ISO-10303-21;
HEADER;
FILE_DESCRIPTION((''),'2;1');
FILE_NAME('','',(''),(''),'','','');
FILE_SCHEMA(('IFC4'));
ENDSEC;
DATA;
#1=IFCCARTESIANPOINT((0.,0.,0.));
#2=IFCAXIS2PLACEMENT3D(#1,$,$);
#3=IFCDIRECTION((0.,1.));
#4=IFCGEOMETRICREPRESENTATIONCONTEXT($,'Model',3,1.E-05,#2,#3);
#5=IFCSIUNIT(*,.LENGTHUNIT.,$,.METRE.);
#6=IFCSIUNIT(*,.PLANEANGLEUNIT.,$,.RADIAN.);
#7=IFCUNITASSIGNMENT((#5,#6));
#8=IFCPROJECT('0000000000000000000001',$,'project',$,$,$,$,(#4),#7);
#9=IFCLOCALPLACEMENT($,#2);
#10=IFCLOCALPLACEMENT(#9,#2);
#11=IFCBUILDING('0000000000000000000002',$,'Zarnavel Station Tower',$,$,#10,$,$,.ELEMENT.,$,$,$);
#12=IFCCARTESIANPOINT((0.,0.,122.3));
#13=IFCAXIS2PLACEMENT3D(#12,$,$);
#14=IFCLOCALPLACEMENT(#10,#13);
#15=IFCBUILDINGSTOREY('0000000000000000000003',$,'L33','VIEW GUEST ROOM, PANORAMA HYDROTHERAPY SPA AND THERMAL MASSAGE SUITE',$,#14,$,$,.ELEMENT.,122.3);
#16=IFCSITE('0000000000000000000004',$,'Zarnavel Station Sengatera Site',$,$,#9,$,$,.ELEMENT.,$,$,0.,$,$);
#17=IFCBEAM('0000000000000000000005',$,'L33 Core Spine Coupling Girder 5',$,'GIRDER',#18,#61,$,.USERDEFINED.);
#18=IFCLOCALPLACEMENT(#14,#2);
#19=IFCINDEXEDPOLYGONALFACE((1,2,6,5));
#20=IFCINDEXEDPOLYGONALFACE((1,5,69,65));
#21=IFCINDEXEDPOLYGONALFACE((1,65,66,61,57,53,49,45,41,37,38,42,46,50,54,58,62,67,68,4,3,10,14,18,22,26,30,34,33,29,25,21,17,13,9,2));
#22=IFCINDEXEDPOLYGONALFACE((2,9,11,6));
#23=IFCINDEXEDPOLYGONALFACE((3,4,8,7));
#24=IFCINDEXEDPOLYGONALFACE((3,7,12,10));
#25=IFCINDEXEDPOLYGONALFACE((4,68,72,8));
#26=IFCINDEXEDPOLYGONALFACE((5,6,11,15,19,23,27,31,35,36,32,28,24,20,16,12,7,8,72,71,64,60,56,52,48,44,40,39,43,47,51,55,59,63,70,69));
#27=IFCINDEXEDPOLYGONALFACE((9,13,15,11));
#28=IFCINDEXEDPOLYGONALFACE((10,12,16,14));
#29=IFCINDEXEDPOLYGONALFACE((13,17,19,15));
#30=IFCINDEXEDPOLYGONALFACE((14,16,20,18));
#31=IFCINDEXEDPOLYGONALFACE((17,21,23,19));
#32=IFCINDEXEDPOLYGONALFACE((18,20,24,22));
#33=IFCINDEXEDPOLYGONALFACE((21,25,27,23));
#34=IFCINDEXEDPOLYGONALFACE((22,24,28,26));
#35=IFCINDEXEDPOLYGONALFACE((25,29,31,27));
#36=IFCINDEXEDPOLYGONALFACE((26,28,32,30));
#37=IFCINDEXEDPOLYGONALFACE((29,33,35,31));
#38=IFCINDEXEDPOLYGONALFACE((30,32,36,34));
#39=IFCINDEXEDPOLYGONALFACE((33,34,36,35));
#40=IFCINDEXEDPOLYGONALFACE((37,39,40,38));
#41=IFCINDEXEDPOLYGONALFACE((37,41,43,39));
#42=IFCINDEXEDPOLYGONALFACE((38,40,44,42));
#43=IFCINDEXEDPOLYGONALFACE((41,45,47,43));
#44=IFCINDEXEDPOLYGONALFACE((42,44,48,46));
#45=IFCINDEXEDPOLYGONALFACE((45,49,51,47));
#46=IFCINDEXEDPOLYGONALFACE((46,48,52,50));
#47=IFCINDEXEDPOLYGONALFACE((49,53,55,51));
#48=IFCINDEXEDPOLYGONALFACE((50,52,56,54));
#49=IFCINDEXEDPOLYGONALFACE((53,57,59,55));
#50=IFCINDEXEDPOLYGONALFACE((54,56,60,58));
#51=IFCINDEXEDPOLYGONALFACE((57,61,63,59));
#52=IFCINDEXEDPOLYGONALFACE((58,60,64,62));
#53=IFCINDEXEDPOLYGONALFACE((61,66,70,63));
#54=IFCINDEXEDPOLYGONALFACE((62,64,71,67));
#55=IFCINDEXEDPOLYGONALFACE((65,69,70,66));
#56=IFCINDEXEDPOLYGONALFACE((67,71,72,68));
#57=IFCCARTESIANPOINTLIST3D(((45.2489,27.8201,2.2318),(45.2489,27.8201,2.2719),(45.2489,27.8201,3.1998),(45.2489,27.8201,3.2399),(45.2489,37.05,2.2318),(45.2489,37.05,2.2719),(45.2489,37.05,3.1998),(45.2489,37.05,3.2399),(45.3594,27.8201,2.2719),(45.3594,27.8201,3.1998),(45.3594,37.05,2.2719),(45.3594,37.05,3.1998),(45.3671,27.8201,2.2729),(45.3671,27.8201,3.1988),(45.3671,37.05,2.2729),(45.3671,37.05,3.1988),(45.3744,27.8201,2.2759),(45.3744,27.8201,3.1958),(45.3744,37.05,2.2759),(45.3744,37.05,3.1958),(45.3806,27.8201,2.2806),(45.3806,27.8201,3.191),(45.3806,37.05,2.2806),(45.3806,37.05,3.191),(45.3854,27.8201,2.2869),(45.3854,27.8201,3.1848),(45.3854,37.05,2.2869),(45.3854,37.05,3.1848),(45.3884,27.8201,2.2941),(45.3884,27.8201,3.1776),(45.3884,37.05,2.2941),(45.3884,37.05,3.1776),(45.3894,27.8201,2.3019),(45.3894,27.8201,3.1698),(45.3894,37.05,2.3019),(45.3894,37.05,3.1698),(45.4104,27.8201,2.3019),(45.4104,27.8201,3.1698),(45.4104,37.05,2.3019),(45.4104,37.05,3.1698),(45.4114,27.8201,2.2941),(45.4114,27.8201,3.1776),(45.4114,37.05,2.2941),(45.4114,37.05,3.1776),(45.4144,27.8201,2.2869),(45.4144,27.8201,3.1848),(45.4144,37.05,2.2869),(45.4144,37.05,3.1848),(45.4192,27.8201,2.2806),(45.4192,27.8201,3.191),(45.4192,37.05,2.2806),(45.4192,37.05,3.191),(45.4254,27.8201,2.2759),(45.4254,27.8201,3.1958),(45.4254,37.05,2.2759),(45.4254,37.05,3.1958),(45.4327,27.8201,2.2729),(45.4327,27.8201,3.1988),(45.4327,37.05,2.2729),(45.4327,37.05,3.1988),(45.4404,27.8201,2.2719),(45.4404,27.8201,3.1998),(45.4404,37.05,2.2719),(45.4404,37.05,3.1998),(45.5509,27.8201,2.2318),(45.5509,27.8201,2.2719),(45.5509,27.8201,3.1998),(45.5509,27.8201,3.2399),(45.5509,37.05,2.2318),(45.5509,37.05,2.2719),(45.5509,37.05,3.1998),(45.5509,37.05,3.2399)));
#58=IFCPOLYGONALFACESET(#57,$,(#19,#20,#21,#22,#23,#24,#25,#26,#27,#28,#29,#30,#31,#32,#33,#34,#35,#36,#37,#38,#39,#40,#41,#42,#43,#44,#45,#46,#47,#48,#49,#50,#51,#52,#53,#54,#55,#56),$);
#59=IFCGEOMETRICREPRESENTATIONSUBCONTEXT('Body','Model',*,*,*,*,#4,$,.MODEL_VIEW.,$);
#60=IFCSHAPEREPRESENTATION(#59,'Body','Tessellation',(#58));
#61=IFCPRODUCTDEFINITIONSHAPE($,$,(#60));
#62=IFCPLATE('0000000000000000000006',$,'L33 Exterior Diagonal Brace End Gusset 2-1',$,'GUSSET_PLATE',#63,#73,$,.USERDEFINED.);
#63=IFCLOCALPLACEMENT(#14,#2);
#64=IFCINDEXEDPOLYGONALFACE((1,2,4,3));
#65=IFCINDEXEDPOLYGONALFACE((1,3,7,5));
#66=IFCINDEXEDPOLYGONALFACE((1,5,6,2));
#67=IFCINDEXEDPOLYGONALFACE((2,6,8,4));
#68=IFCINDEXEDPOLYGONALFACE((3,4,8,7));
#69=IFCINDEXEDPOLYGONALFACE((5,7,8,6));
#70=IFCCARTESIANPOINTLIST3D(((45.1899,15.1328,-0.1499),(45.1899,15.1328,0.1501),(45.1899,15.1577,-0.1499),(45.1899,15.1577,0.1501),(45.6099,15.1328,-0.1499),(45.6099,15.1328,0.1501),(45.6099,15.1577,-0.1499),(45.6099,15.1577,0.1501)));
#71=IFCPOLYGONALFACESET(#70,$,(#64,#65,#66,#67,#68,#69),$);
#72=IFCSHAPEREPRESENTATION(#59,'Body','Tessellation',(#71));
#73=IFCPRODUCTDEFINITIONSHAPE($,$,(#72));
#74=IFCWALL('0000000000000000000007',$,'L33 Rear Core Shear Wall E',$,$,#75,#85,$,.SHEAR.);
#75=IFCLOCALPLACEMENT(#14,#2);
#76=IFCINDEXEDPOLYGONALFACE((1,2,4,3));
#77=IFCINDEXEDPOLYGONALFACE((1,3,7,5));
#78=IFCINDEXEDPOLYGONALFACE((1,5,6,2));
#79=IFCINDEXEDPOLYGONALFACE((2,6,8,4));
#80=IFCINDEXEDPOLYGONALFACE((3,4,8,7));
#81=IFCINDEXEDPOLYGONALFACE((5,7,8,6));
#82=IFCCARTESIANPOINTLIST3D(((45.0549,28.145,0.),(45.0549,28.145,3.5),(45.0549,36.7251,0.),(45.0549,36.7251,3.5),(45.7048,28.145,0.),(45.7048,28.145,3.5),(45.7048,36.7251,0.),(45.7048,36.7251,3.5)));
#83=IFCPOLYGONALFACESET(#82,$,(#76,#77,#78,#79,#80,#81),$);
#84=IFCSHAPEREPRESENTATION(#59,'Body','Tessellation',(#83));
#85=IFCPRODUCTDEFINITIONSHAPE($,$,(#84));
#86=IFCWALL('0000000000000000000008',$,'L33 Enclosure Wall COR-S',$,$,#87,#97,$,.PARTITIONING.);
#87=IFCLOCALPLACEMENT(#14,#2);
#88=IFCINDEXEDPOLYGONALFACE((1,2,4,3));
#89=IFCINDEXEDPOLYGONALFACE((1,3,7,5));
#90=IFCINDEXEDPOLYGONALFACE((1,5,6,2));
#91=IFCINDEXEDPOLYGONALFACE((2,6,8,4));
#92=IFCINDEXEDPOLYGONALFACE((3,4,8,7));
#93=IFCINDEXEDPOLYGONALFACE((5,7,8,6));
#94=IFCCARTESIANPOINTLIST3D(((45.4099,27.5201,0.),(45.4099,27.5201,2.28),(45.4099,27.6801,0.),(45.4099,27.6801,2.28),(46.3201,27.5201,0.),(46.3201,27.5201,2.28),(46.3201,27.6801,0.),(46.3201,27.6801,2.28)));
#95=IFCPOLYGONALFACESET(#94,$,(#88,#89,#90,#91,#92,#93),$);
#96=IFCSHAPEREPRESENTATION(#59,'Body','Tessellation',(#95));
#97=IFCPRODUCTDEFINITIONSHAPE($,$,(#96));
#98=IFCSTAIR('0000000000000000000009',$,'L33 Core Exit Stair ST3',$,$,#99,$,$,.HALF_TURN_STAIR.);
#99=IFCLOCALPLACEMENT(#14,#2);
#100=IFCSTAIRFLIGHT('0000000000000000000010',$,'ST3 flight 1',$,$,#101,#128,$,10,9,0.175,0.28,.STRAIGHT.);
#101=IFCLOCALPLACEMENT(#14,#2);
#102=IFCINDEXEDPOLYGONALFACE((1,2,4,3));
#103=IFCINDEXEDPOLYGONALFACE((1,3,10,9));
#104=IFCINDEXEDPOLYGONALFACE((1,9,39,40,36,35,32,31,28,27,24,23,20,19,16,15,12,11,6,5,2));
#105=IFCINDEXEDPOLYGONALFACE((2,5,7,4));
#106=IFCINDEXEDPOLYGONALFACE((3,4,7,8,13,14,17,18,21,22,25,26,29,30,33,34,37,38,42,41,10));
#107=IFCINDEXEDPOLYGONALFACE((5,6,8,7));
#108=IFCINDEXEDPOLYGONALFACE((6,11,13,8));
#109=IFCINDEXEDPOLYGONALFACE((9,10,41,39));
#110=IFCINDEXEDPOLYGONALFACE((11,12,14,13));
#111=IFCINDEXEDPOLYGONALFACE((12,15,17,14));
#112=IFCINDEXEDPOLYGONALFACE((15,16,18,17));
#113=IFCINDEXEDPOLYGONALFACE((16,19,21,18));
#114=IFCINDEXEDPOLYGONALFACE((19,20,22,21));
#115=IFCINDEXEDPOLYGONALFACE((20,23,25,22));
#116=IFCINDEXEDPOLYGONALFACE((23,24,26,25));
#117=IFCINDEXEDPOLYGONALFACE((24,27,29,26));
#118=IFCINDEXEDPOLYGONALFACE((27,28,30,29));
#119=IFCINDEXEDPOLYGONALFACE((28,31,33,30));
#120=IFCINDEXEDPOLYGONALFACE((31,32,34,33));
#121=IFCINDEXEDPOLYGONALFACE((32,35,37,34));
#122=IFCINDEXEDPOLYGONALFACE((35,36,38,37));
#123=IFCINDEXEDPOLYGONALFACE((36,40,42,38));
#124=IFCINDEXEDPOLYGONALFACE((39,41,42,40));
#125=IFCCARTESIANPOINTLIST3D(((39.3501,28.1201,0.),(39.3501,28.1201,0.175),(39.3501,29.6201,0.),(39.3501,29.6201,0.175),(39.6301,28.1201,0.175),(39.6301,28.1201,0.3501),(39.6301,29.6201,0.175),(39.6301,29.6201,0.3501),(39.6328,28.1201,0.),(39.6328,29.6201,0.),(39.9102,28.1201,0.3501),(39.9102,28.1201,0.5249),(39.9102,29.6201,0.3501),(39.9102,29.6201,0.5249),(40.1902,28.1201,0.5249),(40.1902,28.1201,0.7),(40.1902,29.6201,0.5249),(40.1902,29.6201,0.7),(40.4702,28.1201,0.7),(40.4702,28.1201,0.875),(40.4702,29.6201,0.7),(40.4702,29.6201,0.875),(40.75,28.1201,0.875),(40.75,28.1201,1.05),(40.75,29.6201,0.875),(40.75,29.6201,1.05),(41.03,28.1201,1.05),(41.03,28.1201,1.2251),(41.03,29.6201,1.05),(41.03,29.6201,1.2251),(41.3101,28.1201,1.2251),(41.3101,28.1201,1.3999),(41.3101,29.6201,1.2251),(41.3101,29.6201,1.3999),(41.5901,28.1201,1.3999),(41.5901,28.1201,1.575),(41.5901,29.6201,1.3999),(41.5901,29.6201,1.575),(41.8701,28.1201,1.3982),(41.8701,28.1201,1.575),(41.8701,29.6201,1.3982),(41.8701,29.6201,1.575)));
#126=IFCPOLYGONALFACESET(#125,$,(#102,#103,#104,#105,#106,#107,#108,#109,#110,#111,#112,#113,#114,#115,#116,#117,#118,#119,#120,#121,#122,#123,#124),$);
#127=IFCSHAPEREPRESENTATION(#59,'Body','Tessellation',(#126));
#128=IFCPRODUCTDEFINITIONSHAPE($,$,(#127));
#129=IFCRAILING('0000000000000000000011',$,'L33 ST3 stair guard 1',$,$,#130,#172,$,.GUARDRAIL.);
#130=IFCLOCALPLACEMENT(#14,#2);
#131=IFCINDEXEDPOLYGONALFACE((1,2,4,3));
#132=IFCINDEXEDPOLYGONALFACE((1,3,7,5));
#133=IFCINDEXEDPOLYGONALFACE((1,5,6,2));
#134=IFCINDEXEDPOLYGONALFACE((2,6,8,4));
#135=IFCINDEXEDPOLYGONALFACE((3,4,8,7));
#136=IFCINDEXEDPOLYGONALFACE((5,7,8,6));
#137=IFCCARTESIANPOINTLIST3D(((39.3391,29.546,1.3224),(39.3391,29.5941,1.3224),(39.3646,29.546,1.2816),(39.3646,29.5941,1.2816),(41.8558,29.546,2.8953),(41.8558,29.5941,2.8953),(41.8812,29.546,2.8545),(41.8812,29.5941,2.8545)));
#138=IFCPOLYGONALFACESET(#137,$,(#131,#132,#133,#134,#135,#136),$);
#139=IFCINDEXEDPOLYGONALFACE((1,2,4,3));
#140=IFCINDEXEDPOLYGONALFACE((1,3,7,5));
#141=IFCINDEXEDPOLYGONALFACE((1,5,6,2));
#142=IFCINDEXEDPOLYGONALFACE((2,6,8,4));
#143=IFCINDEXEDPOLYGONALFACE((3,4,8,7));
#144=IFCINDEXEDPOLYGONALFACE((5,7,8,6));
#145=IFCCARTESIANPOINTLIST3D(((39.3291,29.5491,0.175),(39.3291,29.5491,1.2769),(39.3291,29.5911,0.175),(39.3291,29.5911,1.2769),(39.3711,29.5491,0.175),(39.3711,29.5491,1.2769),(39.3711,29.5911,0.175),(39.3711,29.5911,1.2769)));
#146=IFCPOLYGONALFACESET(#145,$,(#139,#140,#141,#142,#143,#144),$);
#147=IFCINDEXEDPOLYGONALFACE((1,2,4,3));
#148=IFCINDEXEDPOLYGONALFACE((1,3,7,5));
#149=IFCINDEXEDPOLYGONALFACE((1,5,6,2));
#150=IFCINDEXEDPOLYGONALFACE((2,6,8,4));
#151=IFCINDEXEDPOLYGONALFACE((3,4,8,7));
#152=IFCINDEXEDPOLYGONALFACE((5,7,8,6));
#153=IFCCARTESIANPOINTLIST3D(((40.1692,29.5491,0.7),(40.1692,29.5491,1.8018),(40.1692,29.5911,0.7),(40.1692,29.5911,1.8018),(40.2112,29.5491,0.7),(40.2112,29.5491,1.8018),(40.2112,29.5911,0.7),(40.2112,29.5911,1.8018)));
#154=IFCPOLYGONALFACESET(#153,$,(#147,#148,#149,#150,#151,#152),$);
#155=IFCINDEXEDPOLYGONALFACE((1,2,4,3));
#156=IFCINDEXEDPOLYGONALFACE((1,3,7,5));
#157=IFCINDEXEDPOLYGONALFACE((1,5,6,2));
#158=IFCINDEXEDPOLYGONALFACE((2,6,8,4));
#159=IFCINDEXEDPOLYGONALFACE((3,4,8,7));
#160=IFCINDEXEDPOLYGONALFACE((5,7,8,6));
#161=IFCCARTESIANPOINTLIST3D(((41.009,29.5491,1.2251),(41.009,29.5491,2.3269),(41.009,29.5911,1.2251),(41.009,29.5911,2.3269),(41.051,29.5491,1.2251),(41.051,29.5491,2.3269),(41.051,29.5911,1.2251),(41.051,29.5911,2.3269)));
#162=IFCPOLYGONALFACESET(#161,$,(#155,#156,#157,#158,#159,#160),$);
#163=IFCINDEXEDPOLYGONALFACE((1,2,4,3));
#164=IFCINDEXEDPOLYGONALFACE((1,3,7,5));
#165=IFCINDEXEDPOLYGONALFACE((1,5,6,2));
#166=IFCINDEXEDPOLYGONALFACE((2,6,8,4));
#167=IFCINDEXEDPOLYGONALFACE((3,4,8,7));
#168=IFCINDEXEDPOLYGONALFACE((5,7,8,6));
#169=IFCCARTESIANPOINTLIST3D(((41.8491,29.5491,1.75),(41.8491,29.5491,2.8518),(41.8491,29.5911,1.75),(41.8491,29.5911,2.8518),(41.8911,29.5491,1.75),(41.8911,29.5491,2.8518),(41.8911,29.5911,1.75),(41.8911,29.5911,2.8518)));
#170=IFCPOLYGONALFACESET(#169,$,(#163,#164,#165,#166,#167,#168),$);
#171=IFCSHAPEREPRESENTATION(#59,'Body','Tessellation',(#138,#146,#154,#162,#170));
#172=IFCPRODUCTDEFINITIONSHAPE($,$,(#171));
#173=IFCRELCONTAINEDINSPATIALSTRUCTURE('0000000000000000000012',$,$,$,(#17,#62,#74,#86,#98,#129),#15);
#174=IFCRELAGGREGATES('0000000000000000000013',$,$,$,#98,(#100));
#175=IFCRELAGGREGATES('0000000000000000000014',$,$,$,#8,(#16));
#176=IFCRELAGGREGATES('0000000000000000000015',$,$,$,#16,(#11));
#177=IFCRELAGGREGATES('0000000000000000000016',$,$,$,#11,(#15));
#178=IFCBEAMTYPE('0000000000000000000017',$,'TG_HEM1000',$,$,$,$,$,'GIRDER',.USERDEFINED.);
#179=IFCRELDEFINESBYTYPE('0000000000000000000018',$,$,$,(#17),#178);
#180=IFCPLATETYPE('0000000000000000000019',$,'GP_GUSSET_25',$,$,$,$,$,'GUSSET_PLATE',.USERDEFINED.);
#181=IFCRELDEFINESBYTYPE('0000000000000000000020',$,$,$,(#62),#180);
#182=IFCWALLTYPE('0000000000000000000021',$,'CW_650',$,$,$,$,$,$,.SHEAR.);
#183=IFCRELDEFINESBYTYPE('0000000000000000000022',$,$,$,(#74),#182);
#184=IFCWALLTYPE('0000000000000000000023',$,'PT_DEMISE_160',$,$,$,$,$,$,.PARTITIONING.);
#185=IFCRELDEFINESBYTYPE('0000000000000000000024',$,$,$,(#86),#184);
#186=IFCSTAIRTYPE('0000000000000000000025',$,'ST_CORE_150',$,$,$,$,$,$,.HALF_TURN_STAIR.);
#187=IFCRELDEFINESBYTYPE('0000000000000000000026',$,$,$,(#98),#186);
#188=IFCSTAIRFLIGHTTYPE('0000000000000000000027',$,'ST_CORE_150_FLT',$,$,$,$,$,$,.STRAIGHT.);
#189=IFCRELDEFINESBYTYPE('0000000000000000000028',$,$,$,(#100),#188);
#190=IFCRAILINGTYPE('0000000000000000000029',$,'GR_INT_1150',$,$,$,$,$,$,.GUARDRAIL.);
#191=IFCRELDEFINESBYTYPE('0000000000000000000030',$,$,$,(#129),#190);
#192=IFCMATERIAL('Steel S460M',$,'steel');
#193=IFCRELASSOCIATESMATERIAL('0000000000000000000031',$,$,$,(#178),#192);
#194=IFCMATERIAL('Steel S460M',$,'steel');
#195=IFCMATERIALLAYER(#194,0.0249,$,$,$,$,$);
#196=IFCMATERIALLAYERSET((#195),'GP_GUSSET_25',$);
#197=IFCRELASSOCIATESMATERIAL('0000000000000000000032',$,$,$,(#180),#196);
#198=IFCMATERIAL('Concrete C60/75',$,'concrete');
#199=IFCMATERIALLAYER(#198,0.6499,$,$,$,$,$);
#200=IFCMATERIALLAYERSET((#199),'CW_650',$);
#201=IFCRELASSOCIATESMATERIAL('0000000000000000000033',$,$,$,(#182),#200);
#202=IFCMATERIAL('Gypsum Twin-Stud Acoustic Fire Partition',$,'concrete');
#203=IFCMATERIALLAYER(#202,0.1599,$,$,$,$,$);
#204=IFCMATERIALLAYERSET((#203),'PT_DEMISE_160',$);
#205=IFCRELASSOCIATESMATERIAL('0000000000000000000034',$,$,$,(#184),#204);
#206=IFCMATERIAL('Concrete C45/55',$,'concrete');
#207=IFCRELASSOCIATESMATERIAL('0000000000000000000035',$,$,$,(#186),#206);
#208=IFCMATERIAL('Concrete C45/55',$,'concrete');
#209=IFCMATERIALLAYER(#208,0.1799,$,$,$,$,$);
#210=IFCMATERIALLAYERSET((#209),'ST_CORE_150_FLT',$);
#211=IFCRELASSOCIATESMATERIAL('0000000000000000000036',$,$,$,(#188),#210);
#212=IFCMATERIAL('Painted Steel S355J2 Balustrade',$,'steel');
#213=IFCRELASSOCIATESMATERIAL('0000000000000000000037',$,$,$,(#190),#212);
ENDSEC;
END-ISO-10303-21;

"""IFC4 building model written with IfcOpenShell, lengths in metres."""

from ifc_helpers import new_model, si_unit, direction, frame, frame_2d, origin, origin_2d, place, context, subcontext, project, spatial, polyline, rectangle, i_section, outline, extrude, material, layer, layer_set, material_profile, profile_set, type_object, element, aggregate, save


model = new_model("IFC4")

# Units and contexts
model_context = context("Model", 3, precision=1e-05, world=origin(), true_north=direction((0.0, 1.0)))
body_context = subcontext(model_context, "Body", "Model", "MODEL_VIEW")
ifc_project = project(units=[si_unit("LENGTHUNIT", "METRE"), si_unit("PLANEANGLEUNIT", "RADIAN")], contexts=[model_context])

# Site, building, storey
site_placement = place(None, origin())
site = spatial("IfcSite", under=ifc_project, at=site_placement, Name="Zarnavel Station Sengatera Site", CompositionType="ELEMENT", RefElevation=0.0)
building_placement = place(site_placement, origin())
building = spatial("IfcBuilding", under=site, at=building_placement, Name="Zarnavel Station Tower", CompositionType="ELEMENT")
storey_placement = place(building_placement, frame((0.0, 0.0, 122.3)))
storey = spatial("IfcBuildingStorey", under=building, at=storey_placement, Name="L33", Description="VIEW GUEST ROOM, PANORAMA HYDROTHERAPY SPA AND THERMAL MASSAGE SUITE", CompositionType="ELEMENT", Elevation=122.3)

# Beam
ifc_material_1 = material(Name="Steel S460M", Category="steel")
ifc_material_profile_1 = material_profile(ifc_material_1, i_section(OverallWidth=0.302, OverallDepth=1.0081, WebThickness=0.021, FlangeThickness=0.04, FilletRadius=0.03, at=origin_2d()), Name="HEM1000")
ifc_profile_set_1 = profile_set([ifc_material_profile_1], Name="Steel S460M")
beam_type_1 = type_object("IfcBeamType", Name="TG_HEM1000", ElementType="GIRDER", PredefinedType="USERDEFINED", material=ifc_profile_set_1)
beam_1_placement = place(storey_placement, frame((45.3999, 27.8201, 2.7358), z_axis=(0.0, 1.0, 0.0), x_axis=(-1.0, 0.0, 0.0)))
element("IfcBeam", 1, at=beam_1_placement, inside=storey, type_object=beam_type_1, Name="L33 Core Spine Coupling Girder 5", ObjectType="GIRDER", PredefinedType="USERDEFINED", context=body_context, shape_type="SweptSolid", body=[
    extrude(i_section(OverallWidth=0.302, OverallDepth=1.0081, WebThickness=0.021, FlangeThickness=0.04, FilletRadius=0.03, at=origin_2d()), origin(), (0.0, 0.0, 1.0), 9.23),
])

# Plate
ifc_material_2 = material(Name="Steel S460M", Category="steel")
ifc_layer_1 = layer(ifc_material_2, 0.0249)
ifc_layer_set_1 = layer_set([ifc_layer_1], Name="GP_GUSSET_25")
plate_type = type_object("IfcPlateType", Name="GP_GUSSET_25", ElementType="GUSSET_PLATE", PredefinedType="USERDEFINED", material=ifc_layer_set_1)
plate_placement = place(storey_placement, frame((45.3999, 15.1453, -0.1499), z_axis=(0.0, 0.0, 1.0), x_axis=(1.0, 0.0, 0.0)))
element("IfcPlate", 2, at=plate_placement, inside=storey, type_object=plate_type, Name="L33 Exterior Diagonal Brace End Gusset 2-1", ObjectType="GUSSET_PLATE", PredefinedType="USERDEFINED", context=body_context, shape_type="SweptSolid", body=[
    extrude(rectangle(XDim=0.4199, YDim=0.0249, at=origin_2d()), origin(), (0.0, 0.0, 1.0), 0.3),
])

# Shared definitions
ifc_material_3 = material(Name="Concrete C60/75", Category="concrete")
ifc_layer_2 = layer(ifc_material_3, 0.6499)
ifc_layer_set_2 = layer_set([ifc_layer_2], Name="CW_650")
wall_type_1 = type_object("IfcWallType", Name="CW_650", PredefinedType="SHEAR", material=ifc_layer_set_2)

# Walls
wall_1_placement = place(storey_placement, frame((45.3799, 28.145, 0.0), z_axis=(0.0, 0.0, 1.0), x_axis=(0.0, 1.0, 0.0)))
element("IfcWall", 3, at=wall_1_placement, inside=storey, type_object=wall_type_1, Name="L33 Rear Core Shear Wall E", PredefinedType="SHEAR", context=body_context, shape_type="SweptSolid", body=[
    extrude(rectangle(XDim=8.5801, YDim=0.6499, at=frame_2d((4.29, 0.0))), origin(), (0.0, 0.0, 1.0), 3.5),
])
ifc_material_4 = material(Name="Gypsum Twin-Stud Acoustic Fire Partition", Category="concrete")
ifc_layer_3 = layer(ifc_material_4, 0.1599)
ifc_layer_set_3 = layer_set([ifc_layer_3], Name="PT_DEMISE_160")
wall_type_2 = type_object("IfcWallType", Name="PT_DEMISE_160", PredefinedType="PARTITIONING", material=ifc_layer_set_3)
wall_2_placement = place(storey_placement, frame((45.4099, 27.6001, 0.0), z_axis=(0.0, 0.0, 1.0), x_axis=(1.0, 0.0, 0.0)))
element("IfcWall", 4, at=wall_2_placement, inside=storey, type_object=wall_type_2, Name="L33 Enclosure Wall COR-S", PredefinedType="PARTITIONING", context=body_context, shape_type="SweptSolid", body=[
    extrude(rectangle(XDim=0.9102, YDim=0.1599, at=frame_2d((0.4551, 0.0))), origin(), (0.0, 0.0, 1.0), 2.28),
])

# Stair, stair flight
ifc_material_5 = material(Name="Concrete C45/55", Category="concrete")
stair_type = type_object("IfcStairType", Name="ST_CORE_150", PredefinedType="HALF_TURN_STAIR", material=ifc_material_5)
stair_placement = place(storey_placement, origin())
stair = element("IfcStair", 5, at=stair_placement, inside=storey, type_object=stair_type, Name="L33 Core Exit Stair ST3", PredefinedType="HALF_TURN_STAIR")
ifc_material_6 = material(Name="Concrete C45/55", Category="concrete")
ifc_layer_4 = layer(ifc_material_6, 0.1799)
ifc_layer_set_4 = layer_set([ifc_layer_4], Name="ST_CORE_150_FLT")
stair_flight_type = type_object("IfcStairFlightType", Name="ST_CORE_150_FLT", PredefinedType="STRAIGHT", material=ifc_layer_set_4)
stair_flight_placement = place(storey_placement, frame((39.3501, 28.8701, 0.0), z_axis=(0.0, 0.0, 1.0), x_axis=(1.0, 0.0, 0.0)))
stair_flight = element("IfcStairFlight", 6, at=stair_flight_placement, type_object=stair_flight_type, Name="ST3 flight 1", NumberOfRisers=10, NumberOfTreads=9, PredefinedType="STRAIGHT", RiserHeight=0.175, TreadLength=0.28, context=body_context, shape_type="SweptSolid", body=[
    extrude(outline(polyline([(0.0, 0.0), (0.0, 0.175), (0.28, 0.175), (0.28, 0.3501), (0.5601, 0.3501), (0.5601, 0.5249), (0.8401, 0.5249), (0.8401, 0.7), (1.1201, 0.7), (1.1201, 0.875), (1.3999, 0.875), (1.3999, 1.05), (1.6799, 1.05), (1.6799, 1.2251), (1.96, 1.2251), (1.96, 1.3999), (2.24, 1.3999), (2.24, 1.575), (2.52, 1.575), (2.52, 1.75), (2.52, 1.3982), (0.2827, 0.0), (0.0, 0.0)])), frame((0.0, 0.75, 0.0), z_axis=(0.0, -1.0, 0.0), x_axis=(1.0, 0.0, 0.0)), (0.0, 0.0, 1.0), 1.5),
])
aggregate(stair, [stair_flight])

# Railing
ifc_material_7 = material(Name="Painted Steel S355J2 Balustrade", Category="steel")
railing_type_1 = type_object("IfcRailingType", Name="GR_INT_1150", PredefinedType="GUARDRAIL", material=ifc_material_7)
railing_1_placement = place(storey_placement, frame((39.3501, 29.5701, 0.175)))
element("IfcRailing", 7, at=railing_1_placement, inside=storey, type_object=railing_type_1, Name="L33 ST3 stair guard 1", PredefinedType="GUARDRAIL", context=body_context, shape_type="SweptSolid", body=[
    extrude(rectangle(XDim=0.0481, YDim=0.0481, at=origin_2d()), frame((0.0017, 0.0, 1.127), z_axis=(0.848008, 0.0, 0.529984), x_axis=(0.0, 1.0, 0.0)), (0.0, 0.0, 1.0), 2.9678),
    extrude(rectangle(XDim=0.042, YDim=0.042, at=origin_2d()), origin(), (0.0, 0.0, 1.0), 1.1018),
    extrude(rectangle(XDim=0.042, YDim=0.042, at=origin_2d()), frame((0.8401, 0.0, 0.5249)), (0.0, 0.0, 1.0), 1.1018),
    extrude(rectangle(XDim=0.042, YDim=0.042, at=origin_2d()), frame((1.6799, 0.0, 1.05)), (0.0, 0.0, 1.0), 1.1018),
    extrude(rectangle(XDim=0.042, YDim=0.042, at=origin_2d()), frame((2.52, 0.0, 1.575)), (0.0, 0.0, 1.0), 1.1018),
])

save(model, "model.ifc")
